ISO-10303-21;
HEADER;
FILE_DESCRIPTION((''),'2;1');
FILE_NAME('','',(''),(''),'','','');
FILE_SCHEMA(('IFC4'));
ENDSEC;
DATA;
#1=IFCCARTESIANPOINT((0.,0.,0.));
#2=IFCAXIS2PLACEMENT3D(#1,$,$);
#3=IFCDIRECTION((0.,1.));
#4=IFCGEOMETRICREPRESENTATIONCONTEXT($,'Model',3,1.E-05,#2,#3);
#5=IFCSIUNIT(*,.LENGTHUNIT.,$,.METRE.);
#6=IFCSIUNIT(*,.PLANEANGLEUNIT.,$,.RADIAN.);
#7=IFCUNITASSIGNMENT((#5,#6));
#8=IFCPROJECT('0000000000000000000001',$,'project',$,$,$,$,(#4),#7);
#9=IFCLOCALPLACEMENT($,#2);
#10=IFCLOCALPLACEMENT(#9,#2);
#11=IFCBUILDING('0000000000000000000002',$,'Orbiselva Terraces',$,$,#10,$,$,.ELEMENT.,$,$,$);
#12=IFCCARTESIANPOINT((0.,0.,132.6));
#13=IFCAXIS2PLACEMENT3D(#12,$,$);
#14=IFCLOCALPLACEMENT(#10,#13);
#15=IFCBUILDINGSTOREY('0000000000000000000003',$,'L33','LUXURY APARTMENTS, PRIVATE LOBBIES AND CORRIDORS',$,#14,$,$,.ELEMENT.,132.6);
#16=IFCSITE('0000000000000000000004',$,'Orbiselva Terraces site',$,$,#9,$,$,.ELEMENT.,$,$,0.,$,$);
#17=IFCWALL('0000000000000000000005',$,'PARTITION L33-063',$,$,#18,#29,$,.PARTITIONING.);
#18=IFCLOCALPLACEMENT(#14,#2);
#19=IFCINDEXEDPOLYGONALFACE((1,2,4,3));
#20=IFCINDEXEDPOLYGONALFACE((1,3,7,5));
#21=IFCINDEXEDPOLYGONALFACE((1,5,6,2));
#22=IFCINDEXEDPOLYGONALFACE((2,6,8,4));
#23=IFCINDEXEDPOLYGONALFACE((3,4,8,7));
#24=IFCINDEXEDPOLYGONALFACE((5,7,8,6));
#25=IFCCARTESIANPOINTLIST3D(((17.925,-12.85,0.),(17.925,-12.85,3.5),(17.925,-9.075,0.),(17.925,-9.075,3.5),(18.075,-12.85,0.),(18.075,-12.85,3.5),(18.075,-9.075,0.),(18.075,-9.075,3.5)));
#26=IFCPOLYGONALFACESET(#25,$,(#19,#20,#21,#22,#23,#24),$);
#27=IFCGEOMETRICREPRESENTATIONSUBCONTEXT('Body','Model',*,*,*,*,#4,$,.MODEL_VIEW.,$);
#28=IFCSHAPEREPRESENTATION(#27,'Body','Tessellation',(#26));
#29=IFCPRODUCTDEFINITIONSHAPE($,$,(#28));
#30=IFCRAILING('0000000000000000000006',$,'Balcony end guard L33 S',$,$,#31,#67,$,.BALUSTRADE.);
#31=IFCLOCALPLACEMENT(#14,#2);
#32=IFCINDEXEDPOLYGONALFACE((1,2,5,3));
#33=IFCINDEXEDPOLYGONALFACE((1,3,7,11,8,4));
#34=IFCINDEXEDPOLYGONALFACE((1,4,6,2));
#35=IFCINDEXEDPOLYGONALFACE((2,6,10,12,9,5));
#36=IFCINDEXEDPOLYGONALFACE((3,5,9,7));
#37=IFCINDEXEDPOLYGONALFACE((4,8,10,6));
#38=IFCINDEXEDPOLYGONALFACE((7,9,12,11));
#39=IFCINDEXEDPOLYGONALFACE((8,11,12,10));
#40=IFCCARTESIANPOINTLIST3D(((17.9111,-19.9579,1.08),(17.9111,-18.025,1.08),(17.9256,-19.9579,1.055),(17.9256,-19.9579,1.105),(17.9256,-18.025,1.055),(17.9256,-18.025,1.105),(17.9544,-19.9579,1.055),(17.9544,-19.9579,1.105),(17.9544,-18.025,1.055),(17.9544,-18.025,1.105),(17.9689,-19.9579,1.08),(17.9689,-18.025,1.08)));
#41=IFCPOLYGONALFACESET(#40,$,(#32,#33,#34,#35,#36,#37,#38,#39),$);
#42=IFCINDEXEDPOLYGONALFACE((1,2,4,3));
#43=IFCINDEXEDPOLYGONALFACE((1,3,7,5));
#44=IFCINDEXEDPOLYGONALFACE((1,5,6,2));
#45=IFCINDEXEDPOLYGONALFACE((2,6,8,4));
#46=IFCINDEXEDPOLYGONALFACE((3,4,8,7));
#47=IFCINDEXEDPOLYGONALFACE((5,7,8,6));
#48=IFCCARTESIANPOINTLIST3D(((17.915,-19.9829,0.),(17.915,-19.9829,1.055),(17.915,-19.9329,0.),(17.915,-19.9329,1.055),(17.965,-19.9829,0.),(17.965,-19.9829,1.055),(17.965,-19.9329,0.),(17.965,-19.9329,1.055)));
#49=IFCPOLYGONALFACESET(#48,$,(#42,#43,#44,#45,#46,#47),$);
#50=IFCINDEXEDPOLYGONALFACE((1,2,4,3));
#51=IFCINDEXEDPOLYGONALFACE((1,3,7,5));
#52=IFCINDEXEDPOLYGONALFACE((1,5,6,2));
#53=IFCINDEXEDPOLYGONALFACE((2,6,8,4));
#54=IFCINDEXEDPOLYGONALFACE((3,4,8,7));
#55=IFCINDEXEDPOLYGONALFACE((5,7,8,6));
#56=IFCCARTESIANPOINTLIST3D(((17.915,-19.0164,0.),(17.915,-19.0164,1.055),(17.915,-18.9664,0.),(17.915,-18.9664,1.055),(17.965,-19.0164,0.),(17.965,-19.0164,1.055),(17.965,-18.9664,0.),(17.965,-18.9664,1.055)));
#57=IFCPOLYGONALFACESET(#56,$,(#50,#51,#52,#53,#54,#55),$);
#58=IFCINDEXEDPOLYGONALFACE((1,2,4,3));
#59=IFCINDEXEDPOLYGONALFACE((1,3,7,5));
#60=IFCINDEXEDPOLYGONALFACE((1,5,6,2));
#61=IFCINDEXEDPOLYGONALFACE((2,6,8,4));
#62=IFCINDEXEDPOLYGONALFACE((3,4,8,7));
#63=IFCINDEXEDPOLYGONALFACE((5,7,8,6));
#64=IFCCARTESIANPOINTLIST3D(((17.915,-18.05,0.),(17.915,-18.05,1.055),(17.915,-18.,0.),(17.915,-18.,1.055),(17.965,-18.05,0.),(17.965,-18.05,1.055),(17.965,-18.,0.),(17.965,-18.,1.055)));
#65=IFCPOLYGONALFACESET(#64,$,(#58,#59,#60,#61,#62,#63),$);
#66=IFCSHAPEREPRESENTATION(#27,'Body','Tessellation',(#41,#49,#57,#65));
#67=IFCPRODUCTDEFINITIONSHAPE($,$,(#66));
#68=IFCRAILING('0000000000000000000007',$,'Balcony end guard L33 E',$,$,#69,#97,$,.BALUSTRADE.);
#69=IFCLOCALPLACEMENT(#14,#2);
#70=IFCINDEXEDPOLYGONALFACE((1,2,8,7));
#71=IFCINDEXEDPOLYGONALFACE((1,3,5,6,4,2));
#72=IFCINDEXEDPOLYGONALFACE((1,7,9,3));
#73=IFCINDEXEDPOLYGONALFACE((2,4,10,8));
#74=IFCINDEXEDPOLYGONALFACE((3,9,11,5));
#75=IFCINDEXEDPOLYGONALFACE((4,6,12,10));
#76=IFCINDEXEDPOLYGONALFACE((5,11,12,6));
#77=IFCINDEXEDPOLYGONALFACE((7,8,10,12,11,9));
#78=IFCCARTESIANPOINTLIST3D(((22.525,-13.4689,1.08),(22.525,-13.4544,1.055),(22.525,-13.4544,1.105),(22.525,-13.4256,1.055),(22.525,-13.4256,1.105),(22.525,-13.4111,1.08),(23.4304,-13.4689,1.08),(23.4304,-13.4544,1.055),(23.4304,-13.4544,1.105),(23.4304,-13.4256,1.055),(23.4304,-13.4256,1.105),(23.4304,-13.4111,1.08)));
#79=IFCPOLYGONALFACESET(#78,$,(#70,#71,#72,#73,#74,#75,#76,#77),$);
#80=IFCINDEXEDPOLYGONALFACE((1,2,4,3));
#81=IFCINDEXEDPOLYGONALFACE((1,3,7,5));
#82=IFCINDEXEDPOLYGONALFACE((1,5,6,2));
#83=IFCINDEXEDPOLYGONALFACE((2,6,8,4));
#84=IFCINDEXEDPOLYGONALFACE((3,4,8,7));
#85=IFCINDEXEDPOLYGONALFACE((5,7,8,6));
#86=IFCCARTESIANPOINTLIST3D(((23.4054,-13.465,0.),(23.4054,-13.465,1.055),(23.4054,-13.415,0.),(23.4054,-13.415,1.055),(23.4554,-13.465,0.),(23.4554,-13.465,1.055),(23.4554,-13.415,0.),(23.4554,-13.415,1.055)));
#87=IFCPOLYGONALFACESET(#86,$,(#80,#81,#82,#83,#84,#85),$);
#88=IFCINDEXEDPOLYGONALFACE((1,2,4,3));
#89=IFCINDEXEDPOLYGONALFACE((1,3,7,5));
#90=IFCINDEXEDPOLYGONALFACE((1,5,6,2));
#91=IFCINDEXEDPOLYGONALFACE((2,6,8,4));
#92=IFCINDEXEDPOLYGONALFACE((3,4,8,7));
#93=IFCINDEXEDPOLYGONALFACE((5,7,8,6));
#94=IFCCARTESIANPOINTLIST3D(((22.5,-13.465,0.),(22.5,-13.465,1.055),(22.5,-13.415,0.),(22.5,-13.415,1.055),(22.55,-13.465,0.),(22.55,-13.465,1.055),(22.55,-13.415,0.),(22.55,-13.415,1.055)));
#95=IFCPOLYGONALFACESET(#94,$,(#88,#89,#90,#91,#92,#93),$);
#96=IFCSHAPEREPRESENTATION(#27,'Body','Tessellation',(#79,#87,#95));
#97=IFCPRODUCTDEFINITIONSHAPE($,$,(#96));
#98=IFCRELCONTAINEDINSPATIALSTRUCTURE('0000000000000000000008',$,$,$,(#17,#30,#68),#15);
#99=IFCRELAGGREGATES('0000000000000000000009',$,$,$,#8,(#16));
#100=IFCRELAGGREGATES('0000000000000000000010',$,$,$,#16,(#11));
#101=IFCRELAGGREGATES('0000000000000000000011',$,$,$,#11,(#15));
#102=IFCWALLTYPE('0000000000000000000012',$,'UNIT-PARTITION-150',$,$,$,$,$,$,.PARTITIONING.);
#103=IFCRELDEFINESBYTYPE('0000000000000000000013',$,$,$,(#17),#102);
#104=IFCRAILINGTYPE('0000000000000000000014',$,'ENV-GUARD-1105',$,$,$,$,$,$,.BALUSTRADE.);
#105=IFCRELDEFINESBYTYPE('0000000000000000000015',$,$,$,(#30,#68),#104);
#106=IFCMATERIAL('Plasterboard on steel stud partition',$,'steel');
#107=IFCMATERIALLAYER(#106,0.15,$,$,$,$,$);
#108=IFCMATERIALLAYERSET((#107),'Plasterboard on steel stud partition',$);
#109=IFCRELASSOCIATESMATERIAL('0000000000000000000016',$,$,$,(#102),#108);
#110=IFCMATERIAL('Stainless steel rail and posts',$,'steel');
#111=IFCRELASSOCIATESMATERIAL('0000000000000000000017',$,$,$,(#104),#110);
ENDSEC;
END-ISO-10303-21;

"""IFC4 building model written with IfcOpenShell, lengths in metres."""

from ifc_helpers import new_model, si_unit, direction, frame, frame_2d, origin, origin_2d, place, context, subcontext, project, spatial, polyline, rectangle, outline, extrude, material, layer, layer_set, type_object, element, save


model = new_model("IFC4")

# Units and contexts
model_context = context("Model", 3, precision=1e-05, world=origin(), true_north=direction((0.0, 1.0)))
body_context = subcontext(model_context, "Body", "Model", "MODEL_VIEW")
ifc_project = project(units=[si_unit("LENGTHUNIT", "METRE"), si_unit("PLANEANGLEUNIT", "RADIAN")], contexts=[model_context])

# Site, building, storey
site_placement = place(None, origin())
site = spatial("IfcSite", under=ifc_project, at=site_placement, Name="Orbiselva Terraces site", CompositionType="ELEMENT", RefElevation=0.0)
building_placement = place(site_placement, origin())
building = spatial("IfcBuilding", under=site, at=building_placement, Name="Orbiselva Terraces", CompositionType="ELEMENT")
storey_placement = place(building_placement, frame((0.0, 0.0, 132.6)))
storey = spatial("IfcBuildingStorey", under=building, at=storey_placement, Name="L33", Description="LUXURY APARTMENTS, PRIVATE LOBBIES AND CORRIDORS", CompositionType="ELEMENT", Elevation=132.6)

# Wall
ifc_material_1 = material(Name="Plasterboard on steel stud partition", Category="steel")
ifc_layer_1 = layer(ifc_material_1, 0.15)
ifc_layer_set_1 = layer_set([ifc_layer_1], Name="Plasterboard on steel stud partition")
wall_type_1 = type_object("IfcWallType", Name="UNIT-PARTITION-150", PredefinedType="PARTITIONING", material=ifc_layer_set_1)
wall_1_placement = place(storey_placement, frame((18.0, -12.85, 0.0), z_axis=(0.0, 0.0, 1.0), x_axis=(0.0, 1.0, 0.0)))
element("IfcWall", 1, at=wall_1_placement, inside=storey, type_object=wall_type_1, Name="PARTITION L33-063", PredefinedType="PARTITIONING", context=body_context, shape_type="SweptSolid", body=[
    extrude(rectangle(XDim=3.775, YDim=0.15, at=frame_2d((1.8875, 0.0))), origin(), (0.0, 0.0, 1.0), 3.5),
])

# Railings
ifc_material_2 = material(Name="Stainless steel rail and posts", Category="steel")
railing_type_1 = type_object("IfcRailingType", Name="ENV-GUARD-1105", PredefinedType="BALUSTRADE", material=ifc_material_2)
railing_1_placement = place(storey_placement, frame((17.94, -19.9579, 0.0)))
element("IfcRailing", 2, at=railing_1_placement, inside=storey, type_object=railing_type_1, Name="Balcony end guard L33 S", PredefinedType="BALUSTRADE", context=body_context, shape_type="SweptSolid", body=[
    extrude(outline(polyline([(0.0289, 0.0), (0.0144, 0.025), (-0.0144, 0.025), (-0.0289, 0.0), (-0.0144, -0.025), (0.0144, -0.025), (0.0289, 0.0)])), frame((0.0, 0.0, 1.08), z_axis=(0.0, 1.0, 0.0), x_axis=(-1.0, 0.0, 0.0)), (0.0, 0.0, 1.0), 1.9329),
    extrude(rectangle(XDim=0.05, YDim=0.05, at=origin_2d()), origin(), (0.0, 0.0, 1.0), 1.055),
    extrude(rectangle(XDim=0.05, YDim=0.05, at=origin_2d()), frame((0.0, 0.9664, 0.0)), (0.0, 0.0, 1.0), 1.055),
    extrude(rectangle(XDim=0.05, YDim=0.05, at=origin_2d()), frame((0.0, 1.9329, 0.0)), (0.0, 0.0, 1.0), 1.055),
])
railing_2_placement = place(storey_placement, frame((23.4304, -13.44, 0.0)))
element("IfcRailing", 3, at=railing_2_placement, inside=storey, type_object=railing_type_1, Name="Balcony end guard L33 E", PredefinedType="BALUSTRADE", context=body_context, shape_type="SweptSolid", body=[
    extrude(outline(polyline([(0.0289, 0.0), (0.0144, 0.025), (-0.0144, 0.025), (-0.0289, 0.0), (-0.0144, -0.025), (0.0144, -0.025), (0.0289, 0.0)])), frame((0.0, 0.0, 1.08), z_axis=(-1.0, 0.0, 0.0), x_axis=(0.0, -1.0, 0.0)), (0.0, 0.0, 1.0), 0.9054),
    extrude(rectangle(XDim=0.05, YDim=0.05, at=origin_2d()), origin(), (0.0, 0.0, 1.0), 1.055),
    extrude(rectangle(XDim=0.05, YDim=0.05, at=origin_2d()), frame((-0.9054, 0.0, 0.0)), (0.0, 0.0, 1.0), 1.055),
])

save(model, "model.ifc")
